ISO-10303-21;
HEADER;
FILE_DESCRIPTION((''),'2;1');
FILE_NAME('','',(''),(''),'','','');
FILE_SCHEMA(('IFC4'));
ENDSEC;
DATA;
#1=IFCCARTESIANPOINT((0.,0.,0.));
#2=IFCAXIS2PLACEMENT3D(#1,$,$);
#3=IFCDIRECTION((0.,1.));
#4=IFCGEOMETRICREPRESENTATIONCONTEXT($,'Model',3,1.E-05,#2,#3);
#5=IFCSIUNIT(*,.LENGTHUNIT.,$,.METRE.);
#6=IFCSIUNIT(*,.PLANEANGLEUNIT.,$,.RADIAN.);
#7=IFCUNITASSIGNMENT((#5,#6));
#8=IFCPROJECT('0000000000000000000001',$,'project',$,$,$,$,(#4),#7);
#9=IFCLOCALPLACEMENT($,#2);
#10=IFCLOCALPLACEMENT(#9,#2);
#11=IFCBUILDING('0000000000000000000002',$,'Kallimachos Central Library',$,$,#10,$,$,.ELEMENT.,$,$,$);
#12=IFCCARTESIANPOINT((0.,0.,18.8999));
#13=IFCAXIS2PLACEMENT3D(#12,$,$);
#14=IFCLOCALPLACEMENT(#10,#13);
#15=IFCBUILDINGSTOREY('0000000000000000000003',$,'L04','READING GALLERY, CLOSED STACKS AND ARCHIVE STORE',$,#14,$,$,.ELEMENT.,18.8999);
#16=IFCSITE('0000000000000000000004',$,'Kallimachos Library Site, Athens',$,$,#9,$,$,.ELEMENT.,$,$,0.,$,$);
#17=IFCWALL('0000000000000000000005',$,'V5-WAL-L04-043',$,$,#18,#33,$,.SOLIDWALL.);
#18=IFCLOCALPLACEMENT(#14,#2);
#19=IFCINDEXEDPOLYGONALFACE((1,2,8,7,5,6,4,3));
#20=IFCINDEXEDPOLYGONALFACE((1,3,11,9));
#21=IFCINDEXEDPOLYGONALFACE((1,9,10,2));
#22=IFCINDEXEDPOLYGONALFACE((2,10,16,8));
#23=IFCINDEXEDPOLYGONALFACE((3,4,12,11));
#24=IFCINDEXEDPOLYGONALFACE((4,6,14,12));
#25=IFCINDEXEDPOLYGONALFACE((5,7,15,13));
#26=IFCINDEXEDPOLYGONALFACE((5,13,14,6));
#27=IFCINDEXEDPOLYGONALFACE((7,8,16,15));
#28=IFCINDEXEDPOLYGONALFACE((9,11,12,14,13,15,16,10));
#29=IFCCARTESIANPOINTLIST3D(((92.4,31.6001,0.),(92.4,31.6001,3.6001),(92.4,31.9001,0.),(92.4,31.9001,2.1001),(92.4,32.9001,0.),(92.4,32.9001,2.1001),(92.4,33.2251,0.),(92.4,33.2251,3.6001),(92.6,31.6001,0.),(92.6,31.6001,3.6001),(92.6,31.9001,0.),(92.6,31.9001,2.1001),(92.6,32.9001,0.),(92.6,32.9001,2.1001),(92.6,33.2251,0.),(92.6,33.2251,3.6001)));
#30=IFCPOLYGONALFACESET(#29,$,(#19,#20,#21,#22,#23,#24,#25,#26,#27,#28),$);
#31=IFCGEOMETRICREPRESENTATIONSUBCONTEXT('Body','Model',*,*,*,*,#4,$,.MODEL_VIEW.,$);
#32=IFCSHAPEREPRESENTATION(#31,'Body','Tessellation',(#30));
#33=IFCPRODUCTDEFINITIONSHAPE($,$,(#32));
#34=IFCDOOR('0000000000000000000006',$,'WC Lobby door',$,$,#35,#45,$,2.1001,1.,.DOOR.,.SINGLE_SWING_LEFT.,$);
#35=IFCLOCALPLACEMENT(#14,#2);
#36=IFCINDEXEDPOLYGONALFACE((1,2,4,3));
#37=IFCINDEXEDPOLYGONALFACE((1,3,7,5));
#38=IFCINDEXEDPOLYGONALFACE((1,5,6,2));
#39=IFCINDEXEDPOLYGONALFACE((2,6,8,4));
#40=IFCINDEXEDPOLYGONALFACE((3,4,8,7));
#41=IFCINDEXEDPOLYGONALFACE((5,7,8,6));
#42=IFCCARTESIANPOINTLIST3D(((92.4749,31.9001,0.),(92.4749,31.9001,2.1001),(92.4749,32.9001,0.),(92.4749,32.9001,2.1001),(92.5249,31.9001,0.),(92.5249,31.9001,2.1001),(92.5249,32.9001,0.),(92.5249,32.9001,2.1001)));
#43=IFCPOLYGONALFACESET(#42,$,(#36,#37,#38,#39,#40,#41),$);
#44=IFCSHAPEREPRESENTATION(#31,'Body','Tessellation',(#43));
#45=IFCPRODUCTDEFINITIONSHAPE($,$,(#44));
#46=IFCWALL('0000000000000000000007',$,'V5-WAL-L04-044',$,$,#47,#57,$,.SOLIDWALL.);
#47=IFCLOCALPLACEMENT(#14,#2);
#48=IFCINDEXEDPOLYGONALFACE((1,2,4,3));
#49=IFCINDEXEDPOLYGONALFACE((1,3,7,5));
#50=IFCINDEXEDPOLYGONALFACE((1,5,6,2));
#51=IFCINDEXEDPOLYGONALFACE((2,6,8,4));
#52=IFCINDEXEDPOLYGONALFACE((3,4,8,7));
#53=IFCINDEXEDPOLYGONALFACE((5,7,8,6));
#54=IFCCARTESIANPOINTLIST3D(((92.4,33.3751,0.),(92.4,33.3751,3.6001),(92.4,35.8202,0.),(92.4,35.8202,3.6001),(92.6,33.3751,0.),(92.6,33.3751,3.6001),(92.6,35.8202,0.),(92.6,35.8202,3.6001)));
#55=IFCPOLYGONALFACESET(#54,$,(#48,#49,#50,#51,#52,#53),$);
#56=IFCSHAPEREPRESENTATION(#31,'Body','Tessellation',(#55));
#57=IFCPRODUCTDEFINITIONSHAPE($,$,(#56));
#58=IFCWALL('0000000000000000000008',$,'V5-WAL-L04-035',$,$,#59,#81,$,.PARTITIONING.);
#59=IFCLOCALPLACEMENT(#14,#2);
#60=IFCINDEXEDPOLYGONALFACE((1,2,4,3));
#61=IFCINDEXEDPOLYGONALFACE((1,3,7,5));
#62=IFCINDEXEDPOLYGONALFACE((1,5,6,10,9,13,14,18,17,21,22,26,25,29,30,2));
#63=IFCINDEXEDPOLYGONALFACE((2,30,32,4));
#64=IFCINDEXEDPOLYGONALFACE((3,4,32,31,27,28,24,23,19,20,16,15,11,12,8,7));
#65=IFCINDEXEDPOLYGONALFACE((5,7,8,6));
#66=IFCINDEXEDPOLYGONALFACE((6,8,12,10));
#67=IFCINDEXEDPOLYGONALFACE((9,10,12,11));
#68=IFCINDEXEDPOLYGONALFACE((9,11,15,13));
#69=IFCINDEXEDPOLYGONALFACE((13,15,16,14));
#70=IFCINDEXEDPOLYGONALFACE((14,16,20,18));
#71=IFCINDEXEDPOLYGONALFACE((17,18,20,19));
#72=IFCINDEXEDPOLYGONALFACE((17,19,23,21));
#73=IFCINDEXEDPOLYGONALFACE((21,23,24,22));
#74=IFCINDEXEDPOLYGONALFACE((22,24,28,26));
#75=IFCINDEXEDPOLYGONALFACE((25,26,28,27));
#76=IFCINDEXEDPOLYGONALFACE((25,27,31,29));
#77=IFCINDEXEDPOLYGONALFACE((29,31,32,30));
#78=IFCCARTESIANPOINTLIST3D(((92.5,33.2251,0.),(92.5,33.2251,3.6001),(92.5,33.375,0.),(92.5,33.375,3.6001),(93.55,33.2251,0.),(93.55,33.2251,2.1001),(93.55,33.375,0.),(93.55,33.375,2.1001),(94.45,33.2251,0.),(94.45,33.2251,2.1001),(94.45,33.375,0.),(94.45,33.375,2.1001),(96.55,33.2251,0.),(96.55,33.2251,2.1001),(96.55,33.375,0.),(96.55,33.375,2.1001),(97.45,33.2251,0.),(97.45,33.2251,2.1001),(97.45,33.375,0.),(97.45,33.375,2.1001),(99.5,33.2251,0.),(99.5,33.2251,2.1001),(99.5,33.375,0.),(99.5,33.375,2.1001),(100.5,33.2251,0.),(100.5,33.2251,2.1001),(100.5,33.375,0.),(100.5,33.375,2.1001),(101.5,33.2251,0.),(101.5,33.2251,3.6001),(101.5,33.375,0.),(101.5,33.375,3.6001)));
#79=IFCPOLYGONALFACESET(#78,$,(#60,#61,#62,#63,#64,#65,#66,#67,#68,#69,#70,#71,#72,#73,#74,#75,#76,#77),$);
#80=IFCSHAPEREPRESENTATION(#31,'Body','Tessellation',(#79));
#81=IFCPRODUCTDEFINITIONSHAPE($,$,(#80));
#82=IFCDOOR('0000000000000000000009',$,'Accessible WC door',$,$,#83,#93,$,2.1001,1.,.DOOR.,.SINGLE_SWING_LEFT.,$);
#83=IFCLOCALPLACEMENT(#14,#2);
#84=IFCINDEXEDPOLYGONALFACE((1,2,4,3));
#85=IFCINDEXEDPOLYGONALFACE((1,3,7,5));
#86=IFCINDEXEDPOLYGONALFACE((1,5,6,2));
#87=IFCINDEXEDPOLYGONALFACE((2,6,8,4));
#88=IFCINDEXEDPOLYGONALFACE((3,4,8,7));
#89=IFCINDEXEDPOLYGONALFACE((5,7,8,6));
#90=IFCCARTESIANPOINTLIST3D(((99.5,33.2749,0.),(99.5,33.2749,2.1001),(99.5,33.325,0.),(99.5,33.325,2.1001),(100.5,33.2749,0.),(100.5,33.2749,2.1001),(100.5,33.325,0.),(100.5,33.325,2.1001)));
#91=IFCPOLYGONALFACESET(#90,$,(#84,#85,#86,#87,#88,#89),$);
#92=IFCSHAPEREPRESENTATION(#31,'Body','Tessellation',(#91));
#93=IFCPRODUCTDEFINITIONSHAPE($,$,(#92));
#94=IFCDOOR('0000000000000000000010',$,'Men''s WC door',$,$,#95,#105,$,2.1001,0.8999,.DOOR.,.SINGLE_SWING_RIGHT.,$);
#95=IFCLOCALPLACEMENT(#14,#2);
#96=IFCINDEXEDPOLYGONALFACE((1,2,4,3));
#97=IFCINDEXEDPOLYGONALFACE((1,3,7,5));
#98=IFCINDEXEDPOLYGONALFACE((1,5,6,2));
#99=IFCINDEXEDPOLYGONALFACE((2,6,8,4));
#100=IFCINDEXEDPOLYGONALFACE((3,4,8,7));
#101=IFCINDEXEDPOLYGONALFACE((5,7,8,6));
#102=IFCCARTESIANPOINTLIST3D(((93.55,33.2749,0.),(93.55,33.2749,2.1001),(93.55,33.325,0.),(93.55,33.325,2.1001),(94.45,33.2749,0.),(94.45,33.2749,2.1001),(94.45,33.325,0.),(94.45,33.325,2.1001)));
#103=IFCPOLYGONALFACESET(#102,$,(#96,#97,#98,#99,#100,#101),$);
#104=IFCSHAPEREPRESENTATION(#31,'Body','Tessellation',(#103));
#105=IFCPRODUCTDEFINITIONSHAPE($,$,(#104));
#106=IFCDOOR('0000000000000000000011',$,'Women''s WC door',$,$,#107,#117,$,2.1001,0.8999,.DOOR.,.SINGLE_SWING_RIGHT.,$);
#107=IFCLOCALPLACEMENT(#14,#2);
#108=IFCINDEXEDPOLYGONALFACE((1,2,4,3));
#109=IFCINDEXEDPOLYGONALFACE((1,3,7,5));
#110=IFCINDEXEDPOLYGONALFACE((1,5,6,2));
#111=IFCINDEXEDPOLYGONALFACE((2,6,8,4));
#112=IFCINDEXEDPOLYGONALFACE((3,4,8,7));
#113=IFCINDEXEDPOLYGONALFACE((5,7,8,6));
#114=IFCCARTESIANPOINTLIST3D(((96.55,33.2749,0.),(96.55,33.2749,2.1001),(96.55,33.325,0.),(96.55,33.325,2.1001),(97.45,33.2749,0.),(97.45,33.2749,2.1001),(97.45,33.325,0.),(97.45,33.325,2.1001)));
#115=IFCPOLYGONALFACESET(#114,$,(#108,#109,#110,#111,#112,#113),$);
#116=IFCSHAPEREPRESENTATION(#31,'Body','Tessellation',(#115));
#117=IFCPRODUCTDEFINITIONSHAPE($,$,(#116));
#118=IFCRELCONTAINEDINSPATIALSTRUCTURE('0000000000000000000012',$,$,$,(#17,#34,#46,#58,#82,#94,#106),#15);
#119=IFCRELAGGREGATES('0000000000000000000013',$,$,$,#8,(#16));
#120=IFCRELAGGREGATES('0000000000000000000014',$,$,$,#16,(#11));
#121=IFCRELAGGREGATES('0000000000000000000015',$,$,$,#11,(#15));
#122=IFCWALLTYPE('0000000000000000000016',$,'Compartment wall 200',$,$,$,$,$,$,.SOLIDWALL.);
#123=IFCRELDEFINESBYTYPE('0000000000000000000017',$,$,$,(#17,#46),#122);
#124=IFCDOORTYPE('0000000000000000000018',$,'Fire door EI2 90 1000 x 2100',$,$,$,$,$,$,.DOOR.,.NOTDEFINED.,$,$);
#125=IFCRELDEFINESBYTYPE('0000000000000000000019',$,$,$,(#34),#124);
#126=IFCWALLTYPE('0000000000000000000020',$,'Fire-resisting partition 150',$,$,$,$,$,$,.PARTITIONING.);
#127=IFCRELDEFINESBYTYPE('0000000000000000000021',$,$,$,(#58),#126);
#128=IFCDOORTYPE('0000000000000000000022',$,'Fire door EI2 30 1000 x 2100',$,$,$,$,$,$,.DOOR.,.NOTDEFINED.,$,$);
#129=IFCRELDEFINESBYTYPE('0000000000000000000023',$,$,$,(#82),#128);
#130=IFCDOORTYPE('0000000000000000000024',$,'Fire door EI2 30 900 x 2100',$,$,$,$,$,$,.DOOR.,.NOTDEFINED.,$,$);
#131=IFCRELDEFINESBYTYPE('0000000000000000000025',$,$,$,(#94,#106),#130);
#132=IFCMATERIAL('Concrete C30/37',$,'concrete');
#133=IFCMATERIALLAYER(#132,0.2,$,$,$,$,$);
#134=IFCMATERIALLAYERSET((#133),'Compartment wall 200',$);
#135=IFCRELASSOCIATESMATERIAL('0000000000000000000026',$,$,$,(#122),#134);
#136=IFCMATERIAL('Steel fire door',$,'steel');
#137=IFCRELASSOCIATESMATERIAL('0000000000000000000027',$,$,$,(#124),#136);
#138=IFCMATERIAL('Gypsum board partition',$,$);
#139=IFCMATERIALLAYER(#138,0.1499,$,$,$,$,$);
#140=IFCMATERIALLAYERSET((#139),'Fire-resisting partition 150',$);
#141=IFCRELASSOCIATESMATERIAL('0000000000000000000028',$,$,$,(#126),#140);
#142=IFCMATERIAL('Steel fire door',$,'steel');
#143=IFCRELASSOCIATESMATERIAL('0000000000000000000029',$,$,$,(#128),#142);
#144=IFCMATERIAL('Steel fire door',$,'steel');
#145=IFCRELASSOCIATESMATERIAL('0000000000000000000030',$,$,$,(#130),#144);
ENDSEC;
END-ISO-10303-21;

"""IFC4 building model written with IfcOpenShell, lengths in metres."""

from ifc_helpers import new_model, si_unit, direction, frame, frame_2d, origin, place, context, subcontext, project, spatial, rectangle, extrude, material, layer, layer_set, type_object, element, fill, save


model = new_model("IFC4")

# Units and contexts
model_context = context("Model", 3, precision=1e-05, world=origin(), true_north=direction((0.0, 1.0)))
body_context = subcontext(model_context, "Body", "Model", "MODEL_VIEW")
ifc_project = project(units=[si_unit("LENGTHUNIT", "METRE"), si_unit("PLANEANGLEUNIT", "RADIAN")], contexts=[model_context])

# Site, building, storey
site_placement = place(None, origin())
site = spatial("IfcSite", under=ifc_project, at=site_placement, Name="Kallimachos Library Site, Athens", CompositionType="ELEMENT", RefElevation=0.0)
building_placement = place(site_placement, origin())
building = spatial("IfcBuilding", under=site, at=building_placement, Name="Kallimachos Central Library", CompositionType="ELEMENT")
storey_placement = place(building_placement, frame((0.0, 0.0, 18.8999)))
storey = spatial("IfcBuildingStorey", under=building, at=storey_placement, Name="L04", Description="READING GALLERY, CLOSED STACKS AND ARCHIVE STORE", CompositionType="ELEMENT", Elevation=18.8999)

# Shared definitions
ifc_material_1 = material(Name="Concrete C30/37", Category="concrete")
ifc_layer_1 = layer(ifc_material_1, 0.2)
ifc_layer_set_1 = layer_set([ifc_layer_1], Name="Compartment wall 200")
wall_type_1 = type_object("IfcWallType", Name="Compartment wall 200", PredefinedType="SOLIDWALL", material=ifc_layer_set_1)

# Wall, opening, door
wall_1_placement = place(storey_placement, frame((92.5, 31.6001, 0.0), z_axis=(0.0, 0.0, 1.0), x_axis=(0.0, 1.0, 0.0)))
wall_1 = element("IfcWall", 1, at=wall_1_placement, inside=storey, type_object=wall_type_1, Name="V5-WAL-L04-043", PredefinedType="SOLIDWALL", context=body_context, shape_type="SweptSolid", body=[
    extrude(rectangle(XDim=1.625, YDim=0.2, at=frame_2d((0.8125, 0.0))), origin(), (0.0, 0.0, 1.0), 3.6001),
])
opening_1_placement = place(wall_1_placement, frame((0.3, 0.0, 0.0)))
opening_1 = element("IfcOpeningElement", 2, at=opening_1_placement, cuts=wall_1, PredefinedType="OPENING", context=body_context, shape_type="SweptSolid", body=[
    extrude(rectangle(XDim=1.0, YDim=2.1001, at=frame_2d((0.5, 1.05))), frame((0.0, 0.1099, 0.0), z_axis=(0.0, -1.0, 0.0), x_axis=(1.0, 0.0, 0.0)), (0.0, 0.0, 1.0), 0.22),
])
ifc_material_2 = material(Name="Steel fire door", Category="steel")
door_type_1 = type_object("IfcDoorType", Name="Fire door EI2 90 1000 x 2100", OperationType="NOTDEFINED", PredefinedType="DOOR", material=ifc_material_2)
door_1_placement = place(opening_1_placement, frame((1.0, 0.0, 0.0), z_axis=(0.0, 0.0, 1.0), x_axis=(-1.0, 0.0, 0.0)))
door_1 = element("IfcDoor", 3, at=door_1_placement, inside=storey, type_object=door_type_1, Name="WC Lobby door", OperationType="SINGLE_SWING_LEFT", OverallHeight=2.1001, OverallWidth=1.0, PredefinedType="DOOR", context=body_context, shape_type="SweptSolid", body=[
    extrude(rectangle(XDim=1.0, YDim=2.1001, at=frame_2d((0.5, 1.05))), frame((0.0, 0.0249, 0.0), z_axis=(0.0, -1.0, 0.0), x_axis=(1.0, 0.0, 0.0)), (0.0, 0.0, 1.0), 0.05),
])
fill(opening_1, door_1)

# Wall
wall_2_placement = place(storey_placement, frame((92.5, 33.375, 0.0), z_axis=(0.0, 0.0, 1.0), x_axis=(0.0, 1.0, 0.0)))
element("IfcWall", 4, at=wall_2_placement, inside=storey, type_object=wall_type_1, Name="V5-WAL-L04-044", PredefinedType="SOLIDWALL", context=body_context, shape_type="SweptSolid", body=[
    extrude(rectangle(XDim=2.4451, YDim=0.2, at=frame_2d((1.2227, 0.0))), origin(), (0.0, 0.0, 1.0), 3.6001),
])

# Wall, openings, doors
ifc_material_3 = material(Name="Gypsum board partition")
ifc_layer_2 = layer(ifc_material_3, 0.1499)
ifc_layer_set_2 = layer_set([ifc_layer_2], Name="Fire-resisting partition 150")
wall_type_2 = type_object("IfcWallType", Name="Fire-resisting partition 150", PredefinedType="PARTITIONING", material=ifc_layer_set_2)
wall_3_placement = place(storey_placement, frame((92.5, 33.3, 0.0), z_axis=(0.0, 0.0, 1.0), x_axis=(1.0, 0.0, 0.0)))
wall_3 = element("IfcWall", 5, at=wall_3_placement, inside=storey, type_object=wall_type_2, Name="V5-WAL-L04-035", PredefinedType="PARTITIONING", context=body_context, shape_type="SweptSolid", body=[
    extrude(rectangle(XDim=9.0, YDim=0.1499, at=frame_2d((4.5, 0.0))), origin(), (0.0, 0.0, 1.0), 3.6001),
])
opening_2_placement = place(wall_3_placement, frame((1.05, 0.0, 0.0)))
opening_2 = element("IfcOpeningElement", 6, at=opening_2_placement, cuts=wall_3, PredefinedType="OPENING", context=body_context, shape_type="SweptSolid", body=[
    extrude(rectangle(XDim=0.8999, YDim=2.1001, at=frame_2d((0.45, 1.05))), frame((0.0, 0.085, 0.0), z_axis=(0.0, -1.0, 0.0), x_axis=(1.0, 0.0, 0.0)), (0.0, 0.0, 1.0), 0.1699),
])
opening_3_placement = place(wall_3_placement, frame((4.05, 0.0, 0.0)))
opening_3 = element("IfcOpeningElement", 7, at=opening_3_placement, cuts=wall_3, PredefinedType="OPENING", context=body_context, shape_type="SweptSolid", body=[
    extrude(rectangle(XDim=0.8999, YDim=2.1001, at=frame_2d((0.45, 1.05))), frame((0.0, 0.085, 0.0), z_axis=(0.0, -1.0, 0.0), x_axis=(1.0, 0.0, 0.0)), (0.0, 0.0, 1.0), 0.1699),
])
opening_4_placement = place(wall_3_placement, frame((7.0, 0.0, 0.0)))
opening_4 = element("IfcOpeningElement", 8, at=opening_4_placement, cuts=wall_3, PredefinedType="OPENING", context=body_context, shape_type="SweptSolid", body=[
    extrude(rectangle(XDim=1.0, YDim=2.1001, at=frame_2d((0.5, 1.05))), frame((0.0, 0.085, 0.0), z_axis=(0.0, -1.0, 0.0), x_axis=(1.0, 0.0, 0.0)), (0.0, 0.0, 1.0), 0.1699),
])
ifc_material_4 = material(Name="Steel fire door", Category="steel")
door_type_2 = type_object("IfcDoorType", Name="Fire door EI2 30 1000 x 2100", OperationType="NOTDEFINED", PredefinedType="DOOR", material=ifc_material_4)
door_2_placement = place(opening_4_placement, origin())
door_2 = element("IfcDoor", 9, at=door_2_placement, inside=storey, type_object=door_type_2, Name="Accessible WC door", OperationType="SINGLE_SWING_LEFT", OverallHeight=2.1001, OverallWidth=1.0, PredefinedType="DOOR", context=body_context, shape_type="SweptSolid", body=[
    extrude(rectangle(XDim=1.0, YDim=2.1001, at=frame_2d((0.5, 1.05))), frame((0.0, 0.0249, 0.0), z_axis=(0.0, -1.0, 0.0), x_axis=(1.0, 0.0, 0.0)), (0.0, 0.0, 1.0), 0.05),
])
fill(opening_4, door_2)
ifc_material_5 = material(Name="Steel fire door", Category="steel")
door_type_3 = type_object("IfcDoorType", Name="Fire door EI2 30 900 x 2100", OperationType="NOTDEFINED", PredefinedType="DOOR", material=ifc_material_5)
door_3_placement = place(opening_2_placement, origin())
door_3 = element("IfcDoor", 10, at=door_3_placement, inside=storey, type_object=door_type_3, Name="Men's WC door", OperationType="SINGLE_SWING_RIGHT", OverallHeight=2.1001, OverallWidth=0.8999, PredefinedType="DOOR", context=body_context, shape_type="SweptSolid", body=[
    extrude(rectangle(XDim=0.8999, YDim=2.1001, at=frame_2d((0.45, 1.05))), frame((0.0, 0.0249, 0.0), z_axis=(0.0, -1.0, 0.0), x_axis=(1.0, 0.0, 0.0)), (0.0, 0.0, 1.0), 0.05),
])
fill(opening_2, door_3)
door_4_placement = place(opening_3_placement, origin())
door_4 = element("IfcDoor", 11, at=door_4_placement, inside=storey, type_object=door_type_3, Name="Women's WC door", OperationType="SINGLE_SWING_RIGHT", OverallHeight=2.1001, OverallWidth=0.8999, PredefinedType="DOOR", context=body_context, shape_type="SweptSolid", body=[
    extrude(rectangle(XDim=0.8999, YDim=2.1001, at=frame_2d((0.45, 1.05))), frame((0.0, 0.0249, 0.0), z_axis=(0.0, -1.0, 0.0), x_axis=(1.0, 0.0, 0.0)), (0.0, 0.0, 1.0), 0.05),
])
fill(opening_3, door_4)

save(model, "model.ifc")
